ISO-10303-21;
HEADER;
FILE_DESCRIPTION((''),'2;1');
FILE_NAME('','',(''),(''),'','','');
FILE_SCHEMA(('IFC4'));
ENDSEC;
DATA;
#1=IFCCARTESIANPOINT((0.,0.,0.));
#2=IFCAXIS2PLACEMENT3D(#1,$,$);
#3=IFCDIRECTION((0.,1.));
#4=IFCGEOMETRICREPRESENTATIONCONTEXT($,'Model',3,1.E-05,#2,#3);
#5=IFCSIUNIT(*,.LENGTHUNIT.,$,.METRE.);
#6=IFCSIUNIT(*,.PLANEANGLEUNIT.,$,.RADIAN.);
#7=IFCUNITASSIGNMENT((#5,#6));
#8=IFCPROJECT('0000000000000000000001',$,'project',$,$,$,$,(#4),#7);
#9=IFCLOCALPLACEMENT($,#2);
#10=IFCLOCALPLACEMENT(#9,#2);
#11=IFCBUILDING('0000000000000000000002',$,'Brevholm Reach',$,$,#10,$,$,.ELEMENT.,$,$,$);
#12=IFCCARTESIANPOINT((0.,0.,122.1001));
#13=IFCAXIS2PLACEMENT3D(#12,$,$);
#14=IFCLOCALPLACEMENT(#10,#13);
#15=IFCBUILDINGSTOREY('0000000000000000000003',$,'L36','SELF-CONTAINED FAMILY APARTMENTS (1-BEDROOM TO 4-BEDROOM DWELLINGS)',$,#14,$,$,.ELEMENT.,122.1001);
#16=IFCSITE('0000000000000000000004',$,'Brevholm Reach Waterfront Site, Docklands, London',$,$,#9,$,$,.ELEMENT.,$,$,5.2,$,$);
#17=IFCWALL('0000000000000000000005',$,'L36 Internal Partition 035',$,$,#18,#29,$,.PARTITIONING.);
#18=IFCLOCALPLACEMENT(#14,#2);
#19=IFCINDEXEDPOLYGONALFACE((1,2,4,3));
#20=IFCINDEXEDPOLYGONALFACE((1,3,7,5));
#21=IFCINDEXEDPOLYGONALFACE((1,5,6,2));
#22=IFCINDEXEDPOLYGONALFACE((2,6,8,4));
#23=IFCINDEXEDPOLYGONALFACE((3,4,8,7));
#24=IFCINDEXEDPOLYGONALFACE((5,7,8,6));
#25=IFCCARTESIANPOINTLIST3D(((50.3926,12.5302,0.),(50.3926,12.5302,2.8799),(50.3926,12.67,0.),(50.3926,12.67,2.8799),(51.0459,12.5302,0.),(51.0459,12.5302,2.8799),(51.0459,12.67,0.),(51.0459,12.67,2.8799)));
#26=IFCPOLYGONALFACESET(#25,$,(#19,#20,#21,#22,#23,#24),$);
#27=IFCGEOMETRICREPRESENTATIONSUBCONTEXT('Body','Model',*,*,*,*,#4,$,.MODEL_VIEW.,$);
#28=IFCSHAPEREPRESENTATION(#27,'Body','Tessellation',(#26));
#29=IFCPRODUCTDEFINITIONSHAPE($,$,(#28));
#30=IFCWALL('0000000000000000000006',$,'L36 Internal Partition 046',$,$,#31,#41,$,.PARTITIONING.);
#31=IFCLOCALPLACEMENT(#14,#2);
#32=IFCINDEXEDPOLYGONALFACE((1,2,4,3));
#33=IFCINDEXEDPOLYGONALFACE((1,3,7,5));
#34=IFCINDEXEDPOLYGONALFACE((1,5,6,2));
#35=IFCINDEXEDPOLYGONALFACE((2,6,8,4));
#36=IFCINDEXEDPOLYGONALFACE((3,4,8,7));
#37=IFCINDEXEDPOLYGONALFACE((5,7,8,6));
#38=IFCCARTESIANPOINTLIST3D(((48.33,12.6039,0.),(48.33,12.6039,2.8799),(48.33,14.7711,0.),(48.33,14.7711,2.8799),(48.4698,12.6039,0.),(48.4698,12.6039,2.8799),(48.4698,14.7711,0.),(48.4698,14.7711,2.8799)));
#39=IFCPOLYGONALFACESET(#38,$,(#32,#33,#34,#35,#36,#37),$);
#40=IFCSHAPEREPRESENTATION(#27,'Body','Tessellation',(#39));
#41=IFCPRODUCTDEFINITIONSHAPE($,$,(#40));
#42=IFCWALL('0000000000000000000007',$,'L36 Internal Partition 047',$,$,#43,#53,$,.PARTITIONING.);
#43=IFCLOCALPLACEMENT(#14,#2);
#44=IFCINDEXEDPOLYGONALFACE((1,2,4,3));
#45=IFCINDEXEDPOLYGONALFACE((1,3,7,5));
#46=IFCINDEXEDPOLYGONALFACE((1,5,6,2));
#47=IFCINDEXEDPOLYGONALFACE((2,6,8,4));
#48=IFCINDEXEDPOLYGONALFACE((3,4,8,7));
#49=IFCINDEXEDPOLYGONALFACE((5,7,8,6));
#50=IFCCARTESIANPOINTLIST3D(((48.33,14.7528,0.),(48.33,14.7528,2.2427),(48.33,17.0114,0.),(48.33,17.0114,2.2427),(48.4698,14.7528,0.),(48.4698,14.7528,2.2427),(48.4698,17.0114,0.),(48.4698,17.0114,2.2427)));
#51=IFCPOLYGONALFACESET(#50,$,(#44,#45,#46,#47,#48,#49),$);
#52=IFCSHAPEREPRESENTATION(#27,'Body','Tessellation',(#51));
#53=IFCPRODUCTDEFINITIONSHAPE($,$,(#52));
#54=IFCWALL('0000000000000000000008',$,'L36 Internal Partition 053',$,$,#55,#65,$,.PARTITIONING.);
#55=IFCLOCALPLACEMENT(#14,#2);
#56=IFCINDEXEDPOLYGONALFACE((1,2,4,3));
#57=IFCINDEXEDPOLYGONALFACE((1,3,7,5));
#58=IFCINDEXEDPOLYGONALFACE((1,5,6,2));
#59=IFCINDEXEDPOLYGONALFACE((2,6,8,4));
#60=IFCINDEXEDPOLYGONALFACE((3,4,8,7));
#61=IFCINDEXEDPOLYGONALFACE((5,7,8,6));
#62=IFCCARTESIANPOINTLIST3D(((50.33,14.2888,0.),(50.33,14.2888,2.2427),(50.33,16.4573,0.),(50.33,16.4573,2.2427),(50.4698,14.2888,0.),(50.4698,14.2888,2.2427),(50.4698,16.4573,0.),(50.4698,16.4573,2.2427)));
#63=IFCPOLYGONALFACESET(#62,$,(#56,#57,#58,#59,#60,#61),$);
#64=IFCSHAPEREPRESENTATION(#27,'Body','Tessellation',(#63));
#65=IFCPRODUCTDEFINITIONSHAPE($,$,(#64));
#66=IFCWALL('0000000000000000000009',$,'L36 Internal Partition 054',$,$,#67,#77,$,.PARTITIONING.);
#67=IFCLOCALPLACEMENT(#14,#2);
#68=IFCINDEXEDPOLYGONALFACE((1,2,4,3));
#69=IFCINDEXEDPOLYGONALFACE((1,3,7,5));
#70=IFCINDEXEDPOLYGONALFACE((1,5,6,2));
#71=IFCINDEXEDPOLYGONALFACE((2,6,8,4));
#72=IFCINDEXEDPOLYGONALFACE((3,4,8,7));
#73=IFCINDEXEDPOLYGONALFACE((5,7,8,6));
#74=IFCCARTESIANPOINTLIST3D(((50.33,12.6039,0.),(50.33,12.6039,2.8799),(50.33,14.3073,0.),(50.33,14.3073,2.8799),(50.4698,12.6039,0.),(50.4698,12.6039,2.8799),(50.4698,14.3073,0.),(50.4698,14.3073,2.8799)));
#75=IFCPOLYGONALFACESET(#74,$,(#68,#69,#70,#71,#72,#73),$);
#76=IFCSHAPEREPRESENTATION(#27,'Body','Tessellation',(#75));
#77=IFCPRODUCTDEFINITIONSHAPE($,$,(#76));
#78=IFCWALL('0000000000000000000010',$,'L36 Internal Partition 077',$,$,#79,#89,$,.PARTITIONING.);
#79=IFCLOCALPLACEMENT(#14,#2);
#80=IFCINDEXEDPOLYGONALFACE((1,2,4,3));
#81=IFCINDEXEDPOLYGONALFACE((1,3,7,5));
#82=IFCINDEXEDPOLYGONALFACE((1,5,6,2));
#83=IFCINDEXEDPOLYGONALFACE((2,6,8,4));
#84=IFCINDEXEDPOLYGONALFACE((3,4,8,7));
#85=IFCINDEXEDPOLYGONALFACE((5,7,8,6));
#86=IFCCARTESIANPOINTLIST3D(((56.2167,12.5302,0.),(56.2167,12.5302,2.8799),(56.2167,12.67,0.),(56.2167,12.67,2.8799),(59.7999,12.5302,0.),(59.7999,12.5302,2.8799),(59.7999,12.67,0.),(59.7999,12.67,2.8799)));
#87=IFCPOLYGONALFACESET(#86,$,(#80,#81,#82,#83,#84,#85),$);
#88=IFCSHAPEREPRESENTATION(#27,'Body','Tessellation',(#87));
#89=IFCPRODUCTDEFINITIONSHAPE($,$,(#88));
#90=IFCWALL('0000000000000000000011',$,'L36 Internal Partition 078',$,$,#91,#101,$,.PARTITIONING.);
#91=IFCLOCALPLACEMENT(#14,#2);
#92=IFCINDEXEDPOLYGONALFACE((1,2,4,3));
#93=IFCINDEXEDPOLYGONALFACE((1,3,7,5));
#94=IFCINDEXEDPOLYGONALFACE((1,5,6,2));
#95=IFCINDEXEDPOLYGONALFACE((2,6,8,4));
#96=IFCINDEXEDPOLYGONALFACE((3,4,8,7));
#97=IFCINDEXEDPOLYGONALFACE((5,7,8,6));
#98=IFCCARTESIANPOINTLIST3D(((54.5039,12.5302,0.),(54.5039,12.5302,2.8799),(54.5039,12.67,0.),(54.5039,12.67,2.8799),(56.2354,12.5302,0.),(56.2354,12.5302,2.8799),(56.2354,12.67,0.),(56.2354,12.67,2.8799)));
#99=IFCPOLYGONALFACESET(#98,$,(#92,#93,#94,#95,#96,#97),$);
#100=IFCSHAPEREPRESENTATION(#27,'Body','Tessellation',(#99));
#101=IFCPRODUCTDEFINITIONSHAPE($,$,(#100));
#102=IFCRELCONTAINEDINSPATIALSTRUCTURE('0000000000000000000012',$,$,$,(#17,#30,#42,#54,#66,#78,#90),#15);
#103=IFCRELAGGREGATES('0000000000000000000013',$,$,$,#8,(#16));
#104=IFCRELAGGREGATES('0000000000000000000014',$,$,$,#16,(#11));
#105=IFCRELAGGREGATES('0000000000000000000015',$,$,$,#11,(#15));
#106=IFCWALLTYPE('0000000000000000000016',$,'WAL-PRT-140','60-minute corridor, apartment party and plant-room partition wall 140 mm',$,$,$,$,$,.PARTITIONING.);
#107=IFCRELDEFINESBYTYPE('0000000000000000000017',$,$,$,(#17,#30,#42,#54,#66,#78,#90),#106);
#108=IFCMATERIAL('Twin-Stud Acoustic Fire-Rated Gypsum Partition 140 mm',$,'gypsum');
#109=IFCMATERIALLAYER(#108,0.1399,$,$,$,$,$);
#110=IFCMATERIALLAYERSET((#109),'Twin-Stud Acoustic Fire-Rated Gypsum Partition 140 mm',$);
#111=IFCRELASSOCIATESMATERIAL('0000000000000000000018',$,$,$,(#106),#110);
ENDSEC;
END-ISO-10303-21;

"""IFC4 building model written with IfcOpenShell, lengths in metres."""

from ifc_helpers import new_model, si_unit, direction, frame, frame_2d, origin, place, context, subcontext, project, spatial, rectangle, extrude, material, layer, layer_set, type_object, element, save


model = new_model("IFC4")

# Units and contexts
model_context = context("Model", 3, precision=1e-05, world=origin(), true_north=direction((0.0, 1.0)))
body_context = subcontext(model_context, "Body", "Model", "MODEL_VIEW")
ifc_project = project(units=[si_unit("LENGTHUNIT", "METRE"), si_unit("PLANEANGLEUNIT", "RADIAN")], contexts=[model_context])

# Site, building, storey
site_placement = place(None, origin())
site = spatial("IfcSite", under=ifc_project, at=site_placement, Name="Brevholm Reach Waterfront Site, Docklands, London", CompositionType="ELEMENT", RefElevation=5.2)
building_placement = place(site_placement, origin())
building = spatial("IfcBuilding", under=site, at=building_placement, Name="Brevholm Reach", CompositionType="ELEMENT")
storey_placement = place(building_placement, frame((0.0, 0.0, 122.1001)))
storey = spatial("IfcBuildingStorey", under=building, at=storey_placement, Name="L36", Description="SELF-CONTAINED FAMILY APARTMENTS (1-BEDROOM TO 4-BEDROOM DWELLINGS)", CompositionType="ELEMENT", Elevation=122.1001)

# Shared definitions
ifc_material_1 = material(Name="Twin-Stud Acoustic Fire-Rated Gypsum Partition 140 mm", Category="gypsum")
ifc_layer_1 = layer(ifc_material_1, 0.1399)
ifc_layer_set_1 = layer_set([ifc_layer_1], Name="Twin-Stud Acoustic Fire-Rated Gypsum Partition 140 mm")
wall_type_1 = type_object("IfcWallType", Name="WAL-PRT-140", Description="60-minute corridor, apartment party and plant-room partition wall 140 mm", PredefinedType="PARTITIONING", material=ifc_layer_set_1)

# Walls
wall_1_placement = place(storey_placement, frame((50.3926, 12.6001, 0.0), z_axis=(0.0, 0.0, 1.0), x_axis=(1.0, 0.0, 0.0)))
element("IfcWall", 1, at=wall_1_placement, inside=storey, type_object=wall_type_1, Name="L36 Internal Partition 035", PredefinedType="PARTITIONING", context=body_context, shape_type="SweptSolid", body=[
    extrude(rectangle(XDim=0.6533, YDim=0.1399, at=frame_2d((0.3267, 0.0))), origin(), (0.0, 0.0, 1.0), 2.8799),
])
wall_2_placement = place(storey_placement, frame((48.3999, 12.604, 0.0), z_axis=(0.0, 0.0, 1.0), x_axis=(0.0, 1.0, 0.0)))
element("IfcWall", 2, at=wall_2_placement, inside=storey, type_object=wall_type_1, Name="L36 Internal Partition 046", PredefinedType="PARTITIONING", context=body_context, shape_type="SweptSolid", body=[
    extrude(rectangle(XDim=2.1672, YDim=0.1399, at=frame_2d((1.0835, 0.0))), origin(), (0.0, 0.0, 1.0), 2.8799),
])
wall_3_placement = place(storey_placement, frame((48.3999, 14.7527, 0.0), z_axis=(0.0, 0.0, 1.0), x_axis=(0.0, 1.0, 0.0)))
element("IfcWall", 3, at=wall_3_placement, inside=storey, type_object=wall_type_1, Name="L36 Internal Partition 047", PredefinedType="PARTITIONING", context=body_context, shape_type="SweptSolid", body=[
    extrude(rectangle(XDim=2.2585, YDim=0.1399, at=frame_2d((1.1294, 0.0))), origin(), (0.0, 0.0, 1.0), 2.2427),
])
wall_4_placement = place(storey_placement, frame((50.3999, 14.2888, 0.0), z_axis=(0.0, 0.0, 1.0), x_axis=(0.0, 1.0, 0.0)))
element("IfcWall", 4, at=wall_4_placement, inside=storey, type_object=wall_type_1, Name="L36 Internal Partition 053", PredefinedType="PARTITIONING", context=body_context, shape_type="SweptSolid", body=[
    extrude(rectangle(XDim=2.1685, YDim=0.1399, at=frame_2d((1.0842, 0.0))), origin(), (0.0, 0.0, 1.0), 2.2427),
])
wall_5_placement = place(storey_placement, frame((50.3999, 12.604, 0.0), z_axis=(0.0, 0.0, 1.0), x_axis=(0.0, 1.0, 0.0)))
element("IfcWall", 5, at=wall_5_placement, inside=storey, type_object=wall_type_1, Name="L36 Internal Partition 054", PredefinedType="PARTITIONING", context=body_context, shape_type="SweptSolid", body=[
    extrude(rectangle(XDim=1.7034, YDim=0.1399, at=frame_2d((0.8516, 0.0))), origin(), (0.0, 0.0, 1.0), 2.8799),
])
wall_6_placement = place(storey_placement, frame((56.2168, 12.6001, 0.0), z_axis=(0.0, 0.0, 1.0), x_axis=(1.0, 0.0, 0.0)))
element("IfcWall", 6, at=wall_6_placement, inside=storey, type_object=wall_type_1, Name="L36 Internal Partition 077", PredefinedType="PARTITIONING", context=body_context, shape_type="SweptSolid", body=[
    extrude(rectangle(XDim=3.5833, YDim=0.1399, at=frame_2d((1.7915, 0.0))), origin(), (0.0, 0.0, 1.0), 2.8799),
])
wall_7_placement = place(storey_placement, frame((54.5039, 12.6001, 0.0), z_axis=(0.0, 0.0, 1.0), x_axis=(1.0, 0.0, 0.0)))
element("IfcWall", 7, at=wall_7_placement, inside=storey, type_object=wall_type_1, Name="L36 Internal Partition 078", PredefinedType="PARTITIONING", context=body_context, shape_type="SweptSolid", body=[
    extrude(rectangle(XDim=1.7314, YDim=0.1399, at=frame_2d((0.8657, 0.0))), origin(), (0.0, 0.0, 1.0), 2.8799),
])

save(model, "model.ifc")
